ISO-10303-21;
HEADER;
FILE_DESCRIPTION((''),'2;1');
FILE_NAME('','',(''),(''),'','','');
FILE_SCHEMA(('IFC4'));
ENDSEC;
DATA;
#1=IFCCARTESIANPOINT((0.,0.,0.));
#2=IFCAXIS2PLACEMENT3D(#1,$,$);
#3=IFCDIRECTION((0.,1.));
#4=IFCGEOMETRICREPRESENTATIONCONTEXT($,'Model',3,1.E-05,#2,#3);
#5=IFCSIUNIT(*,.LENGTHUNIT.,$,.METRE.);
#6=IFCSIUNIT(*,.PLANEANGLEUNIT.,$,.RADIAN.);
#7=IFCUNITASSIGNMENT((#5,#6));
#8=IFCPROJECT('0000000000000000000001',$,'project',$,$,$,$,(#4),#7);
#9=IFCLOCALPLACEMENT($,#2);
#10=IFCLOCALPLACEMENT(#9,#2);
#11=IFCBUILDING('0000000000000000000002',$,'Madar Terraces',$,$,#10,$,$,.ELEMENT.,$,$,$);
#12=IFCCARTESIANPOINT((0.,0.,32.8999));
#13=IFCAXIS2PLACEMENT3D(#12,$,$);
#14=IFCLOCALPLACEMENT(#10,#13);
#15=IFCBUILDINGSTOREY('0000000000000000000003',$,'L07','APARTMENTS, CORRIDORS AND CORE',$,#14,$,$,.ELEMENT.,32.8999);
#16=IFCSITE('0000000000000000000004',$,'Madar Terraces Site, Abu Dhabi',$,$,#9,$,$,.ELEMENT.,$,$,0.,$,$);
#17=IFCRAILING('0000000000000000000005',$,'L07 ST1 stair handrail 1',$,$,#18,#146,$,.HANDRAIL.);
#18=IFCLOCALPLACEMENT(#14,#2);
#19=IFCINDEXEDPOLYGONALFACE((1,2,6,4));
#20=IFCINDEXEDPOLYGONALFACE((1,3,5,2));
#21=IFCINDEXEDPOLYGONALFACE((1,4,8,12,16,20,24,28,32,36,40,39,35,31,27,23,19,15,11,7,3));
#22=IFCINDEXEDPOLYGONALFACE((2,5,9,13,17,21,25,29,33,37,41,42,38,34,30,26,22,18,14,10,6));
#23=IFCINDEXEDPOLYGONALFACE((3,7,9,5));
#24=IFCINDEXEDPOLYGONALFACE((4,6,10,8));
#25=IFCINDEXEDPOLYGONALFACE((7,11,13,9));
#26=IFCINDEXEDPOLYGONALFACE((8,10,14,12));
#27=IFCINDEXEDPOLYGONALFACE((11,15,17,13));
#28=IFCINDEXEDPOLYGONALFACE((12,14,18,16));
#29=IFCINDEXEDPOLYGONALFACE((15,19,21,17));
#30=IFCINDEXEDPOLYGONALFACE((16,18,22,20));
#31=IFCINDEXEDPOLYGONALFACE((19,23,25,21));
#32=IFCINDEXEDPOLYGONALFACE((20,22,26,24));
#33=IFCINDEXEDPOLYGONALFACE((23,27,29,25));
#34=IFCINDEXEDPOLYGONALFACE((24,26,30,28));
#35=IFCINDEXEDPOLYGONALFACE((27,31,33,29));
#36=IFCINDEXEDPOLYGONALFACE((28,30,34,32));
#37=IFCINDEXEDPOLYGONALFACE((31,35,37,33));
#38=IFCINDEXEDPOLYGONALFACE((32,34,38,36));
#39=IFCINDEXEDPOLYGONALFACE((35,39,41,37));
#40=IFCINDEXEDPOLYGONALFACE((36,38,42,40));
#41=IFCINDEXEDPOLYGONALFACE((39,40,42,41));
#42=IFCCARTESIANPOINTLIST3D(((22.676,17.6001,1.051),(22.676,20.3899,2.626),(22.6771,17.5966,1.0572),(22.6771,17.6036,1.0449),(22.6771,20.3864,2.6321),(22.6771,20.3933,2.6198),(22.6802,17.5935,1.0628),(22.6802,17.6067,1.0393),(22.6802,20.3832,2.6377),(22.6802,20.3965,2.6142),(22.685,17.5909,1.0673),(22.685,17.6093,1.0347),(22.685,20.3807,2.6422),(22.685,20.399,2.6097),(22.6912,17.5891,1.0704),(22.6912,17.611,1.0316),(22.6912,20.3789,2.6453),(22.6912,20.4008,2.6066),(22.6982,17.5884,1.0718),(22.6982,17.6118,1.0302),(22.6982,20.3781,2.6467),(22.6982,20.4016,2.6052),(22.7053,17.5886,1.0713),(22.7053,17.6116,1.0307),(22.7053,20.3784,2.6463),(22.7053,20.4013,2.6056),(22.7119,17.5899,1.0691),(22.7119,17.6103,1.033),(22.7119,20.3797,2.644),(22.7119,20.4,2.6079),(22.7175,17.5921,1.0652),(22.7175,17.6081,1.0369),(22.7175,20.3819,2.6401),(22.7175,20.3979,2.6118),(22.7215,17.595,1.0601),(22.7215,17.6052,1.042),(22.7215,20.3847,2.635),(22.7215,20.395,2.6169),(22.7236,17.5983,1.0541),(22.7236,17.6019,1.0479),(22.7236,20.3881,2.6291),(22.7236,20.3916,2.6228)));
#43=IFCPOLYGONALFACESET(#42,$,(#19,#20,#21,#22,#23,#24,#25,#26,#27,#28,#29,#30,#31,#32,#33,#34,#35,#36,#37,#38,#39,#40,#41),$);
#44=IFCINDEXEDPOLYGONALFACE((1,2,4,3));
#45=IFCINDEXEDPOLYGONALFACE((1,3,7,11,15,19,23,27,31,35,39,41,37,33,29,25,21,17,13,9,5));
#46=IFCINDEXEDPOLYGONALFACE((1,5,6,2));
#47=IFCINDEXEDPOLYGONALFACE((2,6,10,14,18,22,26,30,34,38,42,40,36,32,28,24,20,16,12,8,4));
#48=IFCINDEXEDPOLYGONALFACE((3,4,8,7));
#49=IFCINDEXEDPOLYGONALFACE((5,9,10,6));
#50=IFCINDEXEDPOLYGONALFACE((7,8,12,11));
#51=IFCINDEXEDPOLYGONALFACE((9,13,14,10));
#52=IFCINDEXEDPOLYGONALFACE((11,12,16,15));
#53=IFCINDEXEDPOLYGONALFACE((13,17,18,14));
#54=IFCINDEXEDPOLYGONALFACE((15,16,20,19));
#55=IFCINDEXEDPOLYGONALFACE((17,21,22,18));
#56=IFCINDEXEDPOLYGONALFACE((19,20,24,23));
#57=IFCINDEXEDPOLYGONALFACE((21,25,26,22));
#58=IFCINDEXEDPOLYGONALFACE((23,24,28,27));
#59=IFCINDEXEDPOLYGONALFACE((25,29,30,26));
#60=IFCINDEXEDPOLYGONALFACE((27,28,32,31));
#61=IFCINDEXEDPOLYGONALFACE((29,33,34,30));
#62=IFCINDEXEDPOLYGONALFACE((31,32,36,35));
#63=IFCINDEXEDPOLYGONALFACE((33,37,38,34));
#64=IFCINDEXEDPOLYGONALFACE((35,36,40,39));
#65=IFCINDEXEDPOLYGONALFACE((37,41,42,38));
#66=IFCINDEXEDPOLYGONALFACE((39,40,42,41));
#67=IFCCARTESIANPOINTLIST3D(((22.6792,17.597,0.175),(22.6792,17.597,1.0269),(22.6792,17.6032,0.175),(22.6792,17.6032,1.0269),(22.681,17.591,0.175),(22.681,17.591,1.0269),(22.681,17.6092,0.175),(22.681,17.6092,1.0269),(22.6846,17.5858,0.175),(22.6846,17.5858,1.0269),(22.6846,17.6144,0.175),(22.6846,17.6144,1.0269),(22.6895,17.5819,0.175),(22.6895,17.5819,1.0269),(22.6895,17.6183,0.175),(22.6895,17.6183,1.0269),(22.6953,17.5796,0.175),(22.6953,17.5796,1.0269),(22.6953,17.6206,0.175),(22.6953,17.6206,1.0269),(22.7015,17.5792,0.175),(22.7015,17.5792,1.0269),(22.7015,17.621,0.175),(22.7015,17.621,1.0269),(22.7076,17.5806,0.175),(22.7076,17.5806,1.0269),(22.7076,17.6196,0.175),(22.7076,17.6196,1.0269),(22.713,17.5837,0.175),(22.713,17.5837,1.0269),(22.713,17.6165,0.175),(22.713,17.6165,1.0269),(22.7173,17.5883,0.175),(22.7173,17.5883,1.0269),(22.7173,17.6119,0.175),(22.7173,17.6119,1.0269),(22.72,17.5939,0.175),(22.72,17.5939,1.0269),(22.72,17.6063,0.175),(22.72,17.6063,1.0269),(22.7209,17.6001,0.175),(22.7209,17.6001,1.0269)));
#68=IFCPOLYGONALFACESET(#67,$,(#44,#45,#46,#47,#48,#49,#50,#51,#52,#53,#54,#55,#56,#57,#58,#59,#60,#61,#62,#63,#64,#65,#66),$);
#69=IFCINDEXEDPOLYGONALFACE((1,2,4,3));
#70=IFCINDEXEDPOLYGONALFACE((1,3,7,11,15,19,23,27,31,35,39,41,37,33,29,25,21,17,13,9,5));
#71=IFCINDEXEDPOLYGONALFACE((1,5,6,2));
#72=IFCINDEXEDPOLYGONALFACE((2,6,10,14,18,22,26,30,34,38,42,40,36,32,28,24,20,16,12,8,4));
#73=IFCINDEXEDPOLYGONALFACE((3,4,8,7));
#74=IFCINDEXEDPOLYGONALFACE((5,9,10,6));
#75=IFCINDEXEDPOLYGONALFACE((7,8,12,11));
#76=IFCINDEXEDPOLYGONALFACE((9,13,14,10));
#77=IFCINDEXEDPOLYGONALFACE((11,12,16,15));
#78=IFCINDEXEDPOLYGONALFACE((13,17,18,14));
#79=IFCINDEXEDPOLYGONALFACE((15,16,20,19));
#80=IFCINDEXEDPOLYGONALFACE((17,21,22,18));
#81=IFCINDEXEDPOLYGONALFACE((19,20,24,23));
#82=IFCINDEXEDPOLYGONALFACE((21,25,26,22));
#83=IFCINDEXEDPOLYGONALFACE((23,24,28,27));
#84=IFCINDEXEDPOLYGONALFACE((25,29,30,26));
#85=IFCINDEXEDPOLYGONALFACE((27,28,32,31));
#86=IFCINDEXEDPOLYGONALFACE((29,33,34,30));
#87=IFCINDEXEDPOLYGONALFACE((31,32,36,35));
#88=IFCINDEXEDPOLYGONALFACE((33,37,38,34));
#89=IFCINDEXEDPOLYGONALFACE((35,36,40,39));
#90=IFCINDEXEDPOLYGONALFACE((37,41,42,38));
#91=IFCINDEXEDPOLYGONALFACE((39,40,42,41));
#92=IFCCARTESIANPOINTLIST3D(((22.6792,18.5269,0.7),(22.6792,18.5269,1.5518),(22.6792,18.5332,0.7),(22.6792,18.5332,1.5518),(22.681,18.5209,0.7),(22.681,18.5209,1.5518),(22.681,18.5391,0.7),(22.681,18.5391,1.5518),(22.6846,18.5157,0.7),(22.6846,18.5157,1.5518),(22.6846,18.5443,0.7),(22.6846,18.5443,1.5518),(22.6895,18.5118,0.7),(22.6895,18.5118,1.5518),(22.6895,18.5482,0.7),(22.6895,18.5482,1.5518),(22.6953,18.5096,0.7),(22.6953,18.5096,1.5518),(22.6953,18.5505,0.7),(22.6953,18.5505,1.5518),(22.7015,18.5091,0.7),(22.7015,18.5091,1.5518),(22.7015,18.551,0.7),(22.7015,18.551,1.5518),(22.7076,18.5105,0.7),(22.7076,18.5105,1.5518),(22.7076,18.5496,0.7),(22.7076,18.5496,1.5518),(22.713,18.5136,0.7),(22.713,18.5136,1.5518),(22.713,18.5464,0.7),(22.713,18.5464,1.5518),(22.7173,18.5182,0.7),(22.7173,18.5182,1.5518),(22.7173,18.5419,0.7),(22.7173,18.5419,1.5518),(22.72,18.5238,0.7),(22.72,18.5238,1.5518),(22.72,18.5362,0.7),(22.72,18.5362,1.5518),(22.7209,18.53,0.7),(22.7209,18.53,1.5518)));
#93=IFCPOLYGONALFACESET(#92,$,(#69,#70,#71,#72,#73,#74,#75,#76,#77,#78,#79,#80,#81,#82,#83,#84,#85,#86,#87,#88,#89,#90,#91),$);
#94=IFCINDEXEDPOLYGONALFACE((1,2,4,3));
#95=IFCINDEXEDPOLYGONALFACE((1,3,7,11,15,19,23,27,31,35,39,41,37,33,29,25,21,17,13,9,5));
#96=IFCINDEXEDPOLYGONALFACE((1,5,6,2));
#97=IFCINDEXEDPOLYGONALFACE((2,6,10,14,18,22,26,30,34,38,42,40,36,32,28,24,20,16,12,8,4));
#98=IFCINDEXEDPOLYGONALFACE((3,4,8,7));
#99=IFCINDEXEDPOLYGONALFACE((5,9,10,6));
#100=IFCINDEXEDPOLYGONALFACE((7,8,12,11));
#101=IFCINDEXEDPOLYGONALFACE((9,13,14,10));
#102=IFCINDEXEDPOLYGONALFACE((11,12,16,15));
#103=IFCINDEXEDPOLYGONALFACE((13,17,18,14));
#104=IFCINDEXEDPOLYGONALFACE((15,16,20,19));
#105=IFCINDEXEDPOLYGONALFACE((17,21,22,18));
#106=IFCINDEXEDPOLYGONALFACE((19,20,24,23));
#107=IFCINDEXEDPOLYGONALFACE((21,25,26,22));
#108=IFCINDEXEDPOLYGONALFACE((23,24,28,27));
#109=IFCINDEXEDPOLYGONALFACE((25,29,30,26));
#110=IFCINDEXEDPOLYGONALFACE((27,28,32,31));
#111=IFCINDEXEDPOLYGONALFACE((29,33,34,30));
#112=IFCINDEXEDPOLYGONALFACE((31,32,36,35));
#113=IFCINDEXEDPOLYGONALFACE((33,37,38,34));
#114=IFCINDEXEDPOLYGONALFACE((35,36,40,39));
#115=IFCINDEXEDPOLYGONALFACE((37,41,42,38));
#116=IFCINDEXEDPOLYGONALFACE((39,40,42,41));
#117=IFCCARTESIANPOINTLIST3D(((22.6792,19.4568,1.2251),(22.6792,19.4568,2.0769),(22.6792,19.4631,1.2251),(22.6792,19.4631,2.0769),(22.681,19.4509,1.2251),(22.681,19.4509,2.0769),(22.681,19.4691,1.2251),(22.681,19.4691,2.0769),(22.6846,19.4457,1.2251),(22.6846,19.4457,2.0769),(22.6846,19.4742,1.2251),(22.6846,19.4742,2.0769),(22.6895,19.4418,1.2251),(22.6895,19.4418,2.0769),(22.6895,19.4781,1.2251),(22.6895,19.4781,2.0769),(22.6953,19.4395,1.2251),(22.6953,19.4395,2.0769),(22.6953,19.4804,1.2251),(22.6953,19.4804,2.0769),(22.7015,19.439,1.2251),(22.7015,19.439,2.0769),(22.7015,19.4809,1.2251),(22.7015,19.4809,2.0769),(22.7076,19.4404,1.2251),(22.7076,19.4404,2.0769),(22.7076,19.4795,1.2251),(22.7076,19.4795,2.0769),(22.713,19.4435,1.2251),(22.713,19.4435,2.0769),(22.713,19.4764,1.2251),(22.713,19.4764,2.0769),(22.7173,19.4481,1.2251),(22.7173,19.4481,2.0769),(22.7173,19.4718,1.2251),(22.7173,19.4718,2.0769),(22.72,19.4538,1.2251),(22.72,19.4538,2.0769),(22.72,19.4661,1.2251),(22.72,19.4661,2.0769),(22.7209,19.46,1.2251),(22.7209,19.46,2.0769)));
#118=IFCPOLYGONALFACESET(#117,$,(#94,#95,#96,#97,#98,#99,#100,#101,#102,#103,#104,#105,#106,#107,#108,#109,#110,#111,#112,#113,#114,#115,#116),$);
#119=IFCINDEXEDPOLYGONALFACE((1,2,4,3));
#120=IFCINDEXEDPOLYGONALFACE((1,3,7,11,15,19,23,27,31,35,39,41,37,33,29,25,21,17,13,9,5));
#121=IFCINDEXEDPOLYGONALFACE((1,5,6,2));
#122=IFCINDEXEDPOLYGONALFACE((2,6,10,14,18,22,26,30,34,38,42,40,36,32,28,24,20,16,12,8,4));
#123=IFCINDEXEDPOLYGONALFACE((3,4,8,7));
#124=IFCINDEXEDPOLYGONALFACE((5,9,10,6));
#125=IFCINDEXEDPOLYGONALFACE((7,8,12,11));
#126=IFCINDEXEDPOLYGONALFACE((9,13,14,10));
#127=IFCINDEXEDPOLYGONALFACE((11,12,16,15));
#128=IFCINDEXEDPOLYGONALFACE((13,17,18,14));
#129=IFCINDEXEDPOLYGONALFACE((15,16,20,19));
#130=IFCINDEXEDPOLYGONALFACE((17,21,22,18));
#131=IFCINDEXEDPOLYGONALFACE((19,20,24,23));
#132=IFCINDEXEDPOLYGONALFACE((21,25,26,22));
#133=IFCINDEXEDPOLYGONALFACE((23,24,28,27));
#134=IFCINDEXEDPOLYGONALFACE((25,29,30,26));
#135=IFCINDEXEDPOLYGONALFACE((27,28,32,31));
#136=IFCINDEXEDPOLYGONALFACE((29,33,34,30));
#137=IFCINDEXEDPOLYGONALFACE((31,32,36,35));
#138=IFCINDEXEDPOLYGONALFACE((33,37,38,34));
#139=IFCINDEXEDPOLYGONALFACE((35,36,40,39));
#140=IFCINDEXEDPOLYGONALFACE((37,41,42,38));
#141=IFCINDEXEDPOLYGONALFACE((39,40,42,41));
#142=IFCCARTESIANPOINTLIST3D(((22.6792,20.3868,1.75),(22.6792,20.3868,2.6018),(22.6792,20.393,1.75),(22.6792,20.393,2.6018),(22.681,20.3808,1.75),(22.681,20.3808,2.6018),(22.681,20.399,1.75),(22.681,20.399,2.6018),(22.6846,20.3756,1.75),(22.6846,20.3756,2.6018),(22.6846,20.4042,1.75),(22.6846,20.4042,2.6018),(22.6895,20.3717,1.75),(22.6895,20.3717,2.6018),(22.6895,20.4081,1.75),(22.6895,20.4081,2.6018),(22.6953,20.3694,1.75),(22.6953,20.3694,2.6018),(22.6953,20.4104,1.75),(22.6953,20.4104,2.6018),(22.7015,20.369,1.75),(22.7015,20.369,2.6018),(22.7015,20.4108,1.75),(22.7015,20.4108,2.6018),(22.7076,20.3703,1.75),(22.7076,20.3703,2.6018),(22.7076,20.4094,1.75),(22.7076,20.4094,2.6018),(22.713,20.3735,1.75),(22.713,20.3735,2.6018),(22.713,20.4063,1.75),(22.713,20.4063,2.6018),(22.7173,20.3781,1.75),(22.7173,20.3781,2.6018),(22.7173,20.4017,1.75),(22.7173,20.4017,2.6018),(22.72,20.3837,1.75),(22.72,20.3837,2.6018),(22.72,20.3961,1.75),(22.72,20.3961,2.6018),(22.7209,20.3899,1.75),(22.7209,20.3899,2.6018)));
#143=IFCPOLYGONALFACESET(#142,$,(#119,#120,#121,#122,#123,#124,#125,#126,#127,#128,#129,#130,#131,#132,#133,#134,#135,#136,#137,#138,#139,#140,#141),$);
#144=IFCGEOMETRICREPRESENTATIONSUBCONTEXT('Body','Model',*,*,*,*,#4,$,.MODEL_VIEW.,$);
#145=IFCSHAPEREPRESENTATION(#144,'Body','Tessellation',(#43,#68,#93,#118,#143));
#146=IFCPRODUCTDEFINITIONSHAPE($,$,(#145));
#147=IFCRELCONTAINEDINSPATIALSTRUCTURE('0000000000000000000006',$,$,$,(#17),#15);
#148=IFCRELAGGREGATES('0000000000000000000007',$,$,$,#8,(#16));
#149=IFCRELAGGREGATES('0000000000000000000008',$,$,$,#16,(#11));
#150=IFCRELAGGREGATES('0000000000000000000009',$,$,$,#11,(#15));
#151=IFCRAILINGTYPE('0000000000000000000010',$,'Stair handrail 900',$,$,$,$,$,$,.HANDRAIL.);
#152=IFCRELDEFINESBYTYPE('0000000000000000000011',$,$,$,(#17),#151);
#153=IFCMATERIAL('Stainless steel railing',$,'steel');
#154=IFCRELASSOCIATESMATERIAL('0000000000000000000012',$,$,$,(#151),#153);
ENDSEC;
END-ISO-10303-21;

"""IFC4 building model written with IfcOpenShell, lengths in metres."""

from ifc_helpers import new_model, si_unit, direction, frame, origin, origin_2d, place, context, subcontext, project, spatial, circle, extrude, material, type_object, element, save


model = new_model("IFC4")

# Units and contexts
model_context = context("Model", 3, precision=1e-05, world=origin(), true_north=direction((0.0, 1.0)))
body_context = subcontext(model_context, "Body", "Model", "MODEL_VIEW")
ifc_project = project(units=[si_unit("LENGTHUNIT", "METRE"), si_unit("PLANEANGLEUNIT", "RADIAN")], contexts=[model_context])

# Site, building, storey
site_placement = place(None, origin())
site = spatial("IfcSite", under=ifc_project, at=site_placement, Name="Madar Terraces Site, Abu Dhabi", CompositionType="ELEMENT", RefElevation=0.0)
building_placement = place(site_placement, origin())
building = spatial("IfcBuilding", under=site, at=building_placement, Name="Madar Terraces", CompositionType="ELEMENT")
storey_placement = place(building_placement, frame((0.0, 0.0, 32.8999)))
storey = spatial("IfcBuildingStorey", under=building, at=storey_placement, Name="L07", Description="APARTMENTS, CORRIDORS AND CORE", CompositionType="ELEMENT", Elevation=32.8999)

# Railing
ifc_material_1 = material(Name="Stainless steel railing", Category="steel")
railing_type_1 = type_object("IfcRailingType", Name="Stair handrail 900", PredefinedType="HANDRAIL", material=ifc_material_1)
railing_1_placement = place(storey_placement, frame((22.7, 17.6001, 0.175)))
element("IfcRailing", 1, at=railing_1_placement, inside=storey, type_object=railing_type_1, Name="L07 ST1 stair handrail 1", PredefinedType="HANDRAIL", context=body_context, shape_type="SweptSolid", body=[
    extrude(circle(Radius=0.0239, at=origin_2d()), frame((0.0, 0.0, 0.876), z_axis=(0.0, 0.870815, 0.49161), x_axis=(-1.0, 0.0, 0.0)), (0.0, 0.0, 1.0), 3.2036),
    extrude(circle(Radius=0.021, at=origin_2d()), origin(), (0.0, 0.0, 1.0), 0.8518),
    extrude(circle(Radius=0.021, at=origin_2d()), frame((0.0, 0.9299, 0.5249)), (0.0, 0.0, 1.0), 0.8518),
    extrude(circle(Radius=0.021, at=origin_2d()), frame((0.0, 1.8599, 1.05)), (0.0, 0.0, 1.0), 0.8518),
    extrude(circle(Radius=0.021, at=origin_2d()), frame((0.0, 2.7898, 1.575)), (0.0, 0.0, 1.0), 0.8518),
])

save(model, "model.ifc")
